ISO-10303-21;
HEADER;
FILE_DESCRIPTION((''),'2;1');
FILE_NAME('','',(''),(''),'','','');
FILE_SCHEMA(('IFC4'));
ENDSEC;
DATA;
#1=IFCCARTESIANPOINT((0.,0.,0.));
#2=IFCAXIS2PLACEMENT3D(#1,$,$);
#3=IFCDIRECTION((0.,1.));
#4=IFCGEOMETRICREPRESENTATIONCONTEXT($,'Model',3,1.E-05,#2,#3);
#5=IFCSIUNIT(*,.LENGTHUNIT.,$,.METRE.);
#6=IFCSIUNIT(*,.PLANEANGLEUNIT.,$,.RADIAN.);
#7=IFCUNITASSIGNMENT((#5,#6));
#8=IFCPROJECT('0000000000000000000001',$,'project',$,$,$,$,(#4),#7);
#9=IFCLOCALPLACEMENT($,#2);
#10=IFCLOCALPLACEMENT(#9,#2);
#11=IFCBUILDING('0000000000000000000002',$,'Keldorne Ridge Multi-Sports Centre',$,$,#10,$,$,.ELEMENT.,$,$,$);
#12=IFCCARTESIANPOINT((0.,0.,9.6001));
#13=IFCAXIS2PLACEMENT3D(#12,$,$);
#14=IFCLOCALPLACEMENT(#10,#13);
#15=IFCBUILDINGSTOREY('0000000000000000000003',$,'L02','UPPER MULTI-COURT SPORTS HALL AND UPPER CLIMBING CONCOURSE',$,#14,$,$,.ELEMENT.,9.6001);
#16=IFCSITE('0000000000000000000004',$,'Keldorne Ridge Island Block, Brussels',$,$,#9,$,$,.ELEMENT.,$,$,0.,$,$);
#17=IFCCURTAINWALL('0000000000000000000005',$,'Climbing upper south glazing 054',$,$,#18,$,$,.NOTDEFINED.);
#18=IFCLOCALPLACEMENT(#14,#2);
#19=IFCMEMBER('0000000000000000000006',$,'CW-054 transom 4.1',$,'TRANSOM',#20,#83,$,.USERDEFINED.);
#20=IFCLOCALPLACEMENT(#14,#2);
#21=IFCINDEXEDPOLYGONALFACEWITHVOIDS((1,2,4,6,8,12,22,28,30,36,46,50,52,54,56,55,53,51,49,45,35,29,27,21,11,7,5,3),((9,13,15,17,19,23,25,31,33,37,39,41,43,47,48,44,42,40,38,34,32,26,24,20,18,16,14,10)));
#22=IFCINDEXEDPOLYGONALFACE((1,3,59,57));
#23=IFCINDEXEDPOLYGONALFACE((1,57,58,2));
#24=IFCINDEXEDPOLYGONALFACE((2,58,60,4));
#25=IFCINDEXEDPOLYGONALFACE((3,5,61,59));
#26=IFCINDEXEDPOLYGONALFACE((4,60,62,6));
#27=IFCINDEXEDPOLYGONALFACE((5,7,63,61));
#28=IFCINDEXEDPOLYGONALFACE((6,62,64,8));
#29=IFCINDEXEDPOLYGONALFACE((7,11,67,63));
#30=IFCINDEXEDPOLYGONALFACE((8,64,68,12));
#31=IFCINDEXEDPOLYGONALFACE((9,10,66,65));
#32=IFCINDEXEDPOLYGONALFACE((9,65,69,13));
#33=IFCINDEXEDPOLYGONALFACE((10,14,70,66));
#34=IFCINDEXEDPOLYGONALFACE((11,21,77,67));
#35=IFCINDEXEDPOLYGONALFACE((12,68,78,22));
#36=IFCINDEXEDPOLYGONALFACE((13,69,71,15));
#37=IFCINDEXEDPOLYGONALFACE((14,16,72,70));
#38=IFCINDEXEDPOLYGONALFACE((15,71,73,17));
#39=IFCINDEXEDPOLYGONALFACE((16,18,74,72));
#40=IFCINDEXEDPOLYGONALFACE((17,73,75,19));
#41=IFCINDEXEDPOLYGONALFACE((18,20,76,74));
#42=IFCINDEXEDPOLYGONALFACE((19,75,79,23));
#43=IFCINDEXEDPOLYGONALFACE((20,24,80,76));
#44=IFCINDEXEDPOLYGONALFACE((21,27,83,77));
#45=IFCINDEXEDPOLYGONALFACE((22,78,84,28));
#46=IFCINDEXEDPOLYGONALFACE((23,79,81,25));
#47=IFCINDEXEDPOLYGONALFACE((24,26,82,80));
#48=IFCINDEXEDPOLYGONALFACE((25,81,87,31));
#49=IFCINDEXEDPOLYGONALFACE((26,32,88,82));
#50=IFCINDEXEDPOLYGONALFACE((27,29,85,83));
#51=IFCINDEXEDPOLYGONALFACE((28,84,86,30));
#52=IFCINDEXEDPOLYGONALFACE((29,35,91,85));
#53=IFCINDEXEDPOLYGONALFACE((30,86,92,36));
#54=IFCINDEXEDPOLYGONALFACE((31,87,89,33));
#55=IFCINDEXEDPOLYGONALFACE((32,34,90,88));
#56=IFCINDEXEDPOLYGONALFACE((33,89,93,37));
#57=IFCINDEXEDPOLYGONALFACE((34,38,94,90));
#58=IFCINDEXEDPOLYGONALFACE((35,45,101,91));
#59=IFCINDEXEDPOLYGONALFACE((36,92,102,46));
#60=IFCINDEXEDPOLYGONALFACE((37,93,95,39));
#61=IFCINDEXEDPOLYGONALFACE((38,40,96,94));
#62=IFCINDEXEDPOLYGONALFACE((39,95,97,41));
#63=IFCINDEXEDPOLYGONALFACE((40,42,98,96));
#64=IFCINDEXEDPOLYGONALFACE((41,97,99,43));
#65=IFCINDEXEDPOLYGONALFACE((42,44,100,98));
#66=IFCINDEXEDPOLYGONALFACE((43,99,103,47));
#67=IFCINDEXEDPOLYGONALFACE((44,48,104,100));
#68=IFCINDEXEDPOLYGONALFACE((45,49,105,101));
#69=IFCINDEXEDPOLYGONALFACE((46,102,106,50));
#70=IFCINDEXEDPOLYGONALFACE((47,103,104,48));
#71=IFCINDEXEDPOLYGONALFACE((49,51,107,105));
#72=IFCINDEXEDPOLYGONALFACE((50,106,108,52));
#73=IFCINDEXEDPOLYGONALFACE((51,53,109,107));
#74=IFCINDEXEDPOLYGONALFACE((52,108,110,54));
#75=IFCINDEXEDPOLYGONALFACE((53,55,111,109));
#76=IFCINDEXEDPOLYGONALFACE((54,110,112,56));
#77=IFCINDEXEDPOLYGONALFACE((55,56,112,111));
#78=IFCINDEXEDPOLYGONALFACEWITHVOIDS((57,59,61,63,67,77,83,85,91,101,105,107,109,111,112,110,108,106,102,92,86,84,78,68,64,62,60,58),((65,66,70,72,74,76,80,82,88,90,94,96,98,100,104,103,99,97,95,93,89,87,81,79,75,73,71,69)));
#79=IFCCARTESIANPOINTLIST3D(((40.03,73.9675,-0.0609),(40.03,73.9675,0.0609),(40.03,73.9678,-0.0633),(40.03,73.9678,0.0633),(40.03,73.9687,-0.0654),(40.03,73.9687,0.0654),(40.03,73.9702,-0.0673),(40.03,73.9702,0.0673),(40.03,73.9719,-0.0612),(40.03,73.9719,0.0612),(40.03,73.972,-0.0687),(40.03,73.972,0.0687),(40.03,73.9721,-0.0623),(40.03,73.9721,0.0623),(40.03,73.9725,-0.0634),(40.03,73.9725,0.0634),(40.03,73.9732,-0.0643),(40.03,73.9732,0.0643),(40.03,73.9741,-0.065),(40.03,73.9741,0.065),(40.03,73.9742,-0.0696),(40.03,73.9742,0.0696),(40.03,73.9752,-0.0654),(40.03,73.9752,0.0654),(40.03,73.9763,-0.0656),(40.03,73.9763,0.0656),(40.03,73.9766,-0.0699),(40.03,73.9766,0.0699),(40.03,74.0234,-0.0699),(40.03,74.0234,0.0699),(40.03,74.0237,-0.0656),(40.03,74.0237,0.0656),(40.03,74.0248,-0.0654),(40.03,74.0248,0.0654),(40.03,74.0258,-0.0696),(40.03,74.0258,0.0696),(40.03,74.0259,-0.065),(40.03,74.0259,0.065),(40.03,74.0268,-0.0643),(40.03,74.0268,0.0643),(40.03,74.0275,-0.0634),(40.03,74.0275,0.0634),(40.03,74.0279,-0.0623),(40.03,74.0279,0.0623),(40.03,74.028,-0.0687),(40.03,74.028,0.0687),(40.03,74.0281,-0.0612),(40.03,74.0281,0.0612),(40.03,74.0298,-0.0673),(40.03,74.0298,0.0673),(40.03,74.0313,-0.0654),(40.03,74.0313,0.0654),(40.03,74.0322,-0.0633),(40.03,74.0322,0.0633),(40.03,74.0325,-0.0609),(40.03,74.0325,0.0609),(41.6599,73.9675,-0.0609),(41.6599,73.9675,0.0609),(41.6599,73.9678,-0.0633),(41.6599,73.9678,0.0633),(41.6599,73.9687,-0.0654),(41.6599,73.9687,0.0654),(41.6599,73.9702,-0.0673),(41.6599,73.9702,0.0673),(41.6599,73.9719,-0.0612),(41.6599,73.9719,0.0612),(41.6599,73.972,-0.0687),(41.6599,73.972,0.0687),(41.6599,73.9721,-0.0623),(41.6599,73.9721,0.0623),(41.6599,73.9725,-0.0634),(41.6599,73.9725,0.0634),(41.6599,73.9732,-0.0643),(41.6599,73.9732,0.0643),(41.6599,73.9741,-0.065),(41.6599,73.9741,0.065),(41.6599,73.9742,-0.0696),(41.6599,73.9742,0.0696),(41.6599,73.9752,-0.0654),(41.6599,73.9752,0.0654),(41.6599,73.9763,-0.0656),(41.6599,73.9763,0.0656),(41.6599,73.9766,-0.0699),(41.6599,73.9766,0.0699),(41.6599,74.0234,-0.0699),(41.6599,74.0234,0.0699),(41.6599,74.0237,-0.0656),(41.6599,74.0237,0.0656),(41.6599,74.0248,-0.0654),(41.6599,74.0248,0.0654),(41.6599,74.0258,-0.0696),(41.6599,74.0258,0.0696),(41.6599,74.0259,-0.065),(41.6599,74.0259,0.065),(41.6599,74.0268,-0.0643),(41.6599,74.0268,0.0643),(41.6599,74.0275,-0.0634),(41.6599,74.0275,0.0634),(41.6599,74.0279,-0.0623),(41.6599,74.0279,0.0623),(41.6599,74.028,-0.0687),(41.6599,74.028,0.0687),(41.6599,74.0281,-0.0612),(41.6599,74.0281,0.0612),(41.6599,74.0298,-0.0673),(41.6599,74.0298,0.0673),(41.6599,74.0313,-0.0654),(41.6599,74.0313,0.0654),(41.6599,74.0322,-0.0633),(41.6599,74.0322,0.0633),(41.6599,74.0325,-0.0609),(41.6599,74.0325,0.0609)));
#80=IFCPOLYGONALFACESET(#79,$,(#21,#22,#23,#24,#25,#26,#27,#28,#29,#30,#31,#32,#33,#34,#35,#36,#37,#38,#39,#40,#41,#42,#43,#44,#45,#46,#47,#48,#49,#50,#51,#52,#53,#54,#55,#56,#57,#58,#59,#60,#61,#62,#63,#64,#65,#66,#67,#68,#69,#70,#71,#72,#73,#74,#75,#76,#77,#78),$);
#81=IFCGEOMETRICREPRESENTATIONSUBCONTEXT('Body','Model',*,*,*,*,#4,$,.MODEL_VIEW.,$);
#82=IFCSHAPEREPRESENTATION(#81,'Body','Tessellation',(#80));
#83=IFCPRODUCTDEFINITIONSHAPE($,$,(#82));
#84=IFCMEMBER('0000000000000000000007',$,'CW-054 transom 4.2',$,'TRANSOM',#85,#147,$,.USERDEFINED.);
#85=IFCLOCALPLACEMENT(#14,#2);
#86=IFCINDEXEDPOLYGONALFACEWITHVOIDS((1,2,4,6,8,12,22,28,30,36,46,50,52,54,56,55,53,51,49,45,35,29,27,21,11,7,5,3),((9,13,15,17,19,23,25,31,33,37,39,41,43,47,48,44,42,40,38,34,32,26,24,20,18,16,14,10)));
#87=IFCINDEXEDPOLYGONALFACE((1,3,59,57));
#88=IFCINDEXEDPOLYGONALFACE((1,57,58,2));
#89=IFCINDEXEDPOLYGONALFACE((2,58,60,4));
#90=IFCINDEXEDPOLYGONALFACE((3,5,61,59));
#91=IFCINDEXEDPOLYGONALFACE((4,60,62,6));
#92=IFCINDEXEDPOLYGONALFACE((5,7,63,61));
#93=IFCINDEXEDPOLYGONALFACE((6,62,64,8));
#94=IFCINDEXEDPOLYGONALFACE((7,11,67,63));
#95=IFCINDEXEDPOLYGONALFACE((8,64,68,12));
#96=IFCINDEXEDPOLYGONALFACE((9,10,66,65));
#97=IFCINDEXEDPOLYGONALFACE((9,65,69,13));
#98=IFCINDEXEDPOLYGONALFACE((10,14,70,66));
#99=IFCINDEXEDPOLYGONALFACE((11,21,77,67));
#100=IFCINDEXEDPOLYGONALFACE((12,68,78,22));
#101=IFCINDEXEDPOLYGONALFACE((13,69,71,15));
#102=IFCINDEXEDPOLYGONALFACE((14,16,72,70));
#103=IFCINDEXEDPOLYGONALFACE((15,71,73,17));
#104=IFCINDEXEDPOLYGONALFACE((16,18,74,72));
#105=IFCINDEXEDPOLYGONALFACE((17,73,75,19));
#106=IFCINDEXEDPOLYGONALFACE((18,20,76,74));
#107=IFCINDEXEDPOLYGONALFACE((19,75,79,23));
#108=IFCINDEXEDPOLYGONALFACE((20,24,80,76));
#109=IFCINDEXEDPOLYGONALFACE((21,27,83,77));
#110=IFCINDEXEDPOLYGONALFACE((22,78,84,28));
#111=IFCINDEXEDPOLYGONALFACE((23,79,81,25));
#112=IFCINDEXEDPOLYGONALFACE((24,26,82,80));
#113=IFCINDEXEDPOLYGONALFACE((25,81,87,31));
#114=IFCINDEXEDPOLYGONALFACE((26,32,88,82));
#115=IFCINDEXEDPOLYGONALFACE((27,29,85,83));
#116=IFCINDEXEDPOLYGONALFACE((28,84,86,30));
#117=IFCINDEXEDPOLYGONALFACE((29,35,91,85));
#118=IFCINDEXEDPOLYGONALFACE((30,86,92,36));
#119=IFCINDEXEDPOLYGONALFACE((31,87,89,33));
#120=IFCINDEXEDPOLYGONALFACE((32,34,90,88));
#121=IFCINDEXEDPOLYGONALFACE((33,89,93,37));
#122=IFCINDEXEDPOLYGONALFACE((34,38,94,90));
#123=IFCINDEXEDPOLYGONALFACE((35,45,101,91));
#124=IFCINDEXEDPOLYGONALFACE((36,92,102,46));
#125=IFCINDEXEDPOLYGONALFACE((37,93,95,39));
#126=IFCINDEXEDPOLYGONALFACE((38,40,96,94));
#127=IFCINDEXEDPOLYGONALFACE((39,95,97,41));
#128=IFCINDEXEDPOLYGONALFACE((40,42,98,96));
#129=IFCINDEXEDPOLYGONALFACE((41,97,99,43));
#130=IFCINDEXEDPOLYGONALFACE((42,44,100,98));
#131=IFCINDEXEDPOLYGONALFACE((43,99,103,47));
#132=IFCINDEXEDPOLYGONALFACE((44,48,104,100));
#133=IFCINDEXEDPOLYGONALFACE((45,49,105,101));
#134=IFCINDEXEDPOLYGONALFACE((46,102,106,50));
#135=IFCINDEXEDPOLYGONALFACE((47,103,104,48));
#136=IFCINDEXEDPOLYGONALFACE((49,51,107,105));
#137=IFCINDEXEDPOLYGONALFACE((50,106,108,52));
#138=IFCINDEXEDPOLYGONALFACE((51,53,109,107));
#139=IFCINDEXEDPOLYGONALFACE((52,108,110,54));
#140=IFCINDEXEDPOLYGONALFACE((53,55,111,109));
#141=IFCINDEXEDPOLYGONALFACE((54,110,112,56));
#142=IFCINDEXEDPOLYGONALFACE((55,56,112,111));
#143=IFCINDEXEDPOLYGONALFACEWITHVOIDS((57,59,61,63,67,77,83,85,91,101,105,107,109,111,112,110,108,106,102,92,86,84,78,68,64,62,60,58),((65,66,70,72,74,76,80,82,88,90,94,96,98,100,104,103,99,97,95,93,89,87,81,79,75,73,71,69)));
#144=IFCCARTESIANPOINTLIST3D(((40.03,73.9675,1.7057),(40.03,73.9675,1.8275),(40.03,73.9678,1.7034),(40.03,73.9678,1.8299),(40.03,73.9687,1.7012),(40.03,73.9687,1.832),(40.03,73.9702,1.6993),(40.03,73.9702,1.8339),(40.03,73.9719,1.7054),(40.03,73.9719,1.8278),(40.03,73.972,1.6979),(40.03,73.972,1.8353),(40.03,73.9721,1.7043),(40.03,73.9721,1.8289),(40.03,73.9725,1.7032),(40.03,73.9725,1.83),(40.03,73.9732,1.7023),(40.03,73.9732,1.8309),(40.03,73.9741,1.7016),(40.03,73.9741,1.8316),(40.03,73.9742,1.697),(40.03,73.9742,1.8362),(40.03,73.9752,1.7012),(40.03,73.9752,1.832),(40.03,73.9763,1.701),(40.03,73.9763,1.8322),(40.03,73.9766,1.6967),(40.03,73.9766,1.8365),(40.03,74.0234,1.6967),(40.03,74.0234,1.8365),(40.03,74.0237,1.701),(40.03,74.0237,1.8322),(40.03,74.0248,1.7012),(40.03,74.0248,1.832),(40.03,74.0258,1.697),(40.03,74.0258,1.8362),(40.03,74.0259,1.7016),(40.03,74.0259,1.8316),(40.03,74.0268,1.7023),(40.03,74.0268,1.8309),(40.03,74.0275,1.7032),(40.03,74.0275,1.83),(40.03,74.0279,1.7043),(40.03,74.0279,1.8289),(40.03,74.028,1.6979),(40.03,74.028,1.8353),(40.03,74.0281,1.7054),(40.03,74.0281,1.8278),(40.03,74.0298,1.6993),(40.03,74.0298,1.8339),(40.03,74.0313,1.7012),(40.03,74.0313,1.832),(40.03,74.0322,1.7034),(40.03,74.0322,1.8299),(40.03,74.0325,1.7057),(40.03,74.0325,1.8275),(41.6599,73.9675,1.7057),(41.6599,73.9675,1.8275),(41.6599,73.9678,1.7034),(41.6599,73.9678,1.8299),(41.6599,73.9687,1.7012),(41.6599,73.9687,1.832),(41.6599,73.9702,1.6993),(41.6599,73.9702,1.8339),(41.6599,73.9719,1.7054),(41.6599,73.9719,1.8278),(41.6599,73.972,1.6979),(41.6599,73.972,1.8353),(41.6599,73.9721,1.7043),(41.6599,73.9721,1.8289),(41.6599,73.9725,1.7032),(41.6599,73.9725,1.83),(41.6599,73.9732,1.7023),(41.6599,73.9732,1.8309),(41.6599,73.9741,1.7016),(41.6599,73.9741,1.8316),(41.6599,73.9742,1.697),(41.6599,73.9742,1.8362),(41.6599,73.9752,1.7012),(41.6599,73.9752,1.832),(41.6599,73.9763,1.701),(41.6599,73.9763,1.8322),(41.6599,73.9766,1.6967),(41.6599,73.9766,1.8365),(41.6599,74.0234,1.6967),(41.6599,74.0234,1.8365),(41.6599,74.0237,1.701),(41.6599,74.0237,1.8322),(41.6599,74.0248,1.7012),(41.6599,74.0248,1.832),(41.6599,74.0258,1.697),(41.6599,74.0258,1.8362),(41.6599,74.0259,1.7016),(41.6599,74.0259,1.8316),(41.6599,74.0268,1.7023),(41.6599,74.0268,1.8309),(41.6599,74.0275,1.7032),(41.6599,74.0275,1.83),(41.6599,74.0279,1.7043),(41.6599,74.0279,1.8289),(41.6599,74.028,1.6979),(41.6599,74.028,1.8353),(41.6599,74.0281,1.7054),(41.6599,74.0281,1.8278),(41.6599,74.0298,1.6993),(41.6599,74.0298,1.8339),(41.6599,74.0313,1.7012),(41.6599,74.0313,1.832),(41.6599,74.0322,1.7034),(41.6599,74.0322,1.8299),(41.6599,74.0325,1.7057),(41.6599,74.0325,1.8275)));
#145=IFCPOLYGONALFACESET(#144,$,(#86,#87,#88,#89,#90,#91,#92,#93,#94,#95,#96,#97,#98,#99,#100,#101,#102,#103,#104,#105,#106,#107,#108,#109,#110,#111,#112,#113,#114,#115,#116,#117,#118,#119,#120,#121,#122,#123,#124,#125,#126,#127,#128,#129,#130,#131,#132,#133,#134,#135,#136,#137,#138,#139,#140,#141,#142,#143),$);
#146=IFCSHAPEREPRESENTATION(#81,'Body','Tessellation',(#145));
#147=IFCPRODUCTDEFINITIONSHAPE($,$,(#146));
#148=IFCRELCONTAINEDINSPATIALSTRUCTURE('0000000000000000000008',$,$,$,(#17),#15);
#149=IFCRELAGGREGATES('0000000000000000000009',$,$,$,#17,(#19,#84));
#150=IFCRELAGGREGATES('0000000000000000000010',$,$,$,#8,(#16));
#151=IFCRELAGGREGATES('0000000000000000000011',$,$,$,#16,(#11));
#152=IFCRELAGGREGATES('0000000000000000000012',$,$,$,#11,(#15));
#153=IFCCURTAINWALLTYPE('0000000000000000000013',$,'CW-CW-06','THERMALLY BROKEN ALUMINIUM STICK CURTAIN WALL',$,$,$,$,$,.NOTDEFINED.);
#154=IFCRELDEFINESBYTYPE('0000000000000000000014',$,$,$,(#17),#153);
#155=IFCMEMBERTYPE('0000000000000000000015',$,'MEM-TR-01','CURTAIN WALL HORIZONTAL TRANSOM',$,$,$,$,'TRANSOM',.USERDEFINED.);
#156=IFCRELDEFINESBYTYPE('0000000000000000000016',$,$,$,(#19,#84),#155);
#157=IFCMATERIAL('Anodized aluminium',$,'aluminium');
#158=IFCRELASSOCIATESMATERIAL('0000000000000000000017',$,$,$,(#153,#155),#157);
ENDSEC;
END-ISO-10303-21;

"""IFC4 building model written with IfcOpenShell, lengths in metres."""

from ifc_helpers import new_model, si_unit, direction, frame, origin, origin_2d, place, context, subcontext, project, spatial, hollow_rectangle, extrude, material, material_profile, profile_set, type_object, element, aggregate, save


model = new_model("IFC4")

# Units and contexts
model_context = context("Model", 3, precision=1e-05, world=origin(), true_north=direction((0.0, 1.0)))
body_context = subcontext(model_context, "Body", "Model", "MODEL_VIEW")
ifc_project = project(units=[si_unit("LENGTHUNIT", "METRE"), si_unit("PLANEANGLEUNIT", "RADIAN")], contexts=[model_context])

# Site, building, storey
site_placement = place(None, origin())
site = spatial("IfcSite", under=ifc_project, at=site_placement, Name="Keldorne Ridge Island Block, Brussels", CompositionType="ELEMENT", RefElevation=0.0)
building_placement = place(site_placement, origin())
building = spatial("IfcBuilding", under=site, at=building_placement, Name="Keldorne Ridge Multi-Sports Centre", CompositionType="ELEMENT")
storey_placement = place(building_placement, frame((0.0, 0.0, 9.6001)))
storey = spatial("IfcBuildingStorey", under=building, at=storey_placement, Name="L02", Description="UPPER MULTI-COURT SPORTS HALL AND UPPER CLIMBING CONCOURSE", CompositionType="ELEMENT", Elevation=9.6001)

# Shared definitions
ifc_material_1 = material(Name="Anodized aluminium", Category="aluminium")

# Curtain wall, members
curtain_wall_type_1 = type_object("IfcCurtainWallType", Name="CW-CW-06", Description="THERMALLY BROKEN ALUMINIUM STICK CURTAIN WALL", PredefinedType="NOTDEFINED", material=ifc_material_1)
curtain_wall_1_placement = place(storey_placement, origin())
curtain_wall_1 = element("IfcCurtainWall", 1, at=curtain_wall_1_placement, inside=storey, type_object=curtain_wall_type_1, Name="Climbing upper south glazing 054", PredefinedType="NOTDEFINED")
ifc_material_profile_1 = material_profile(ifc_material_1, hollow_rectangle(XDim=0.0649, YDim=0.1399, WallThickness=0.0044, InnerFilletRadius=0.0044, OuterFilletRadius=0.009, at=origin_2d()), Name="ALU TRANSOM 140x65x4.5")
ifc_profile_set_1 = profile_set([ifc_material_profile_1], Name="Anodized aluminium")
member_type_1 = type_object("IfcMemberType", Name="MEM-TR-01", Description="CURTAIN WALL HORIZONTAL TRANSOM", ElementType="TRANSOM", PredefinedType="USERDEFINED", material=ifc_profile_set_1)
member_1_placement = place(storey_placement, frame((40.03, 74.0, 0.0), z_axis=(1.0, 0.0, 0.0), x_axis=(0.0, 1.0, 0.0)))
member_1 = element("IfcMember", 2, at=member_1_placement, type_object=member_type_1, Name="CW-054 transom 4.1", ObjectType="TRANSOM", PredefinedType="USERDEFINED", context=body_context, shape_type="SweptSolid", body=[
    extrude(hollow_rectangle(XDim=0.0649, YDim=0.1399, WallThickness=0.0044, InnerFilletRadius=0.0044, OuterFilletRadius=0.009, at=origin_2d()), origin(), (0.0, 0.0, 1.0), 1.6299),
])
member_2_placement = place(storey_placement, frame((40.03, 74.0, 1.7666), z_axis=(1.0, 0.0, 0.0), x_axis=(0.0, 1.0, 0.0)))
member_2 = element("IfcMember", 3, at=member_2_placement, type_object=member_type_1, Name="CW-054 transom 4.2", ObjectType="TRANSOM", PredefinedType="USERDEFINED", context=body_context, shape_type="SweptSolid", body=[
    extrude(hollow_rectangle(XDim=0.0649, YDim=0.1399, WallThickness=0.0044, InnerFilletRadius=0.0044, OuterFilletRadius=0.009, at=origin_2d()), origin(), (0.0, 0.0, 1.0), 1.6299),
])

aggregate(curtain_wall_1, [member_1, member_2])

save(model, "model.ifc")
